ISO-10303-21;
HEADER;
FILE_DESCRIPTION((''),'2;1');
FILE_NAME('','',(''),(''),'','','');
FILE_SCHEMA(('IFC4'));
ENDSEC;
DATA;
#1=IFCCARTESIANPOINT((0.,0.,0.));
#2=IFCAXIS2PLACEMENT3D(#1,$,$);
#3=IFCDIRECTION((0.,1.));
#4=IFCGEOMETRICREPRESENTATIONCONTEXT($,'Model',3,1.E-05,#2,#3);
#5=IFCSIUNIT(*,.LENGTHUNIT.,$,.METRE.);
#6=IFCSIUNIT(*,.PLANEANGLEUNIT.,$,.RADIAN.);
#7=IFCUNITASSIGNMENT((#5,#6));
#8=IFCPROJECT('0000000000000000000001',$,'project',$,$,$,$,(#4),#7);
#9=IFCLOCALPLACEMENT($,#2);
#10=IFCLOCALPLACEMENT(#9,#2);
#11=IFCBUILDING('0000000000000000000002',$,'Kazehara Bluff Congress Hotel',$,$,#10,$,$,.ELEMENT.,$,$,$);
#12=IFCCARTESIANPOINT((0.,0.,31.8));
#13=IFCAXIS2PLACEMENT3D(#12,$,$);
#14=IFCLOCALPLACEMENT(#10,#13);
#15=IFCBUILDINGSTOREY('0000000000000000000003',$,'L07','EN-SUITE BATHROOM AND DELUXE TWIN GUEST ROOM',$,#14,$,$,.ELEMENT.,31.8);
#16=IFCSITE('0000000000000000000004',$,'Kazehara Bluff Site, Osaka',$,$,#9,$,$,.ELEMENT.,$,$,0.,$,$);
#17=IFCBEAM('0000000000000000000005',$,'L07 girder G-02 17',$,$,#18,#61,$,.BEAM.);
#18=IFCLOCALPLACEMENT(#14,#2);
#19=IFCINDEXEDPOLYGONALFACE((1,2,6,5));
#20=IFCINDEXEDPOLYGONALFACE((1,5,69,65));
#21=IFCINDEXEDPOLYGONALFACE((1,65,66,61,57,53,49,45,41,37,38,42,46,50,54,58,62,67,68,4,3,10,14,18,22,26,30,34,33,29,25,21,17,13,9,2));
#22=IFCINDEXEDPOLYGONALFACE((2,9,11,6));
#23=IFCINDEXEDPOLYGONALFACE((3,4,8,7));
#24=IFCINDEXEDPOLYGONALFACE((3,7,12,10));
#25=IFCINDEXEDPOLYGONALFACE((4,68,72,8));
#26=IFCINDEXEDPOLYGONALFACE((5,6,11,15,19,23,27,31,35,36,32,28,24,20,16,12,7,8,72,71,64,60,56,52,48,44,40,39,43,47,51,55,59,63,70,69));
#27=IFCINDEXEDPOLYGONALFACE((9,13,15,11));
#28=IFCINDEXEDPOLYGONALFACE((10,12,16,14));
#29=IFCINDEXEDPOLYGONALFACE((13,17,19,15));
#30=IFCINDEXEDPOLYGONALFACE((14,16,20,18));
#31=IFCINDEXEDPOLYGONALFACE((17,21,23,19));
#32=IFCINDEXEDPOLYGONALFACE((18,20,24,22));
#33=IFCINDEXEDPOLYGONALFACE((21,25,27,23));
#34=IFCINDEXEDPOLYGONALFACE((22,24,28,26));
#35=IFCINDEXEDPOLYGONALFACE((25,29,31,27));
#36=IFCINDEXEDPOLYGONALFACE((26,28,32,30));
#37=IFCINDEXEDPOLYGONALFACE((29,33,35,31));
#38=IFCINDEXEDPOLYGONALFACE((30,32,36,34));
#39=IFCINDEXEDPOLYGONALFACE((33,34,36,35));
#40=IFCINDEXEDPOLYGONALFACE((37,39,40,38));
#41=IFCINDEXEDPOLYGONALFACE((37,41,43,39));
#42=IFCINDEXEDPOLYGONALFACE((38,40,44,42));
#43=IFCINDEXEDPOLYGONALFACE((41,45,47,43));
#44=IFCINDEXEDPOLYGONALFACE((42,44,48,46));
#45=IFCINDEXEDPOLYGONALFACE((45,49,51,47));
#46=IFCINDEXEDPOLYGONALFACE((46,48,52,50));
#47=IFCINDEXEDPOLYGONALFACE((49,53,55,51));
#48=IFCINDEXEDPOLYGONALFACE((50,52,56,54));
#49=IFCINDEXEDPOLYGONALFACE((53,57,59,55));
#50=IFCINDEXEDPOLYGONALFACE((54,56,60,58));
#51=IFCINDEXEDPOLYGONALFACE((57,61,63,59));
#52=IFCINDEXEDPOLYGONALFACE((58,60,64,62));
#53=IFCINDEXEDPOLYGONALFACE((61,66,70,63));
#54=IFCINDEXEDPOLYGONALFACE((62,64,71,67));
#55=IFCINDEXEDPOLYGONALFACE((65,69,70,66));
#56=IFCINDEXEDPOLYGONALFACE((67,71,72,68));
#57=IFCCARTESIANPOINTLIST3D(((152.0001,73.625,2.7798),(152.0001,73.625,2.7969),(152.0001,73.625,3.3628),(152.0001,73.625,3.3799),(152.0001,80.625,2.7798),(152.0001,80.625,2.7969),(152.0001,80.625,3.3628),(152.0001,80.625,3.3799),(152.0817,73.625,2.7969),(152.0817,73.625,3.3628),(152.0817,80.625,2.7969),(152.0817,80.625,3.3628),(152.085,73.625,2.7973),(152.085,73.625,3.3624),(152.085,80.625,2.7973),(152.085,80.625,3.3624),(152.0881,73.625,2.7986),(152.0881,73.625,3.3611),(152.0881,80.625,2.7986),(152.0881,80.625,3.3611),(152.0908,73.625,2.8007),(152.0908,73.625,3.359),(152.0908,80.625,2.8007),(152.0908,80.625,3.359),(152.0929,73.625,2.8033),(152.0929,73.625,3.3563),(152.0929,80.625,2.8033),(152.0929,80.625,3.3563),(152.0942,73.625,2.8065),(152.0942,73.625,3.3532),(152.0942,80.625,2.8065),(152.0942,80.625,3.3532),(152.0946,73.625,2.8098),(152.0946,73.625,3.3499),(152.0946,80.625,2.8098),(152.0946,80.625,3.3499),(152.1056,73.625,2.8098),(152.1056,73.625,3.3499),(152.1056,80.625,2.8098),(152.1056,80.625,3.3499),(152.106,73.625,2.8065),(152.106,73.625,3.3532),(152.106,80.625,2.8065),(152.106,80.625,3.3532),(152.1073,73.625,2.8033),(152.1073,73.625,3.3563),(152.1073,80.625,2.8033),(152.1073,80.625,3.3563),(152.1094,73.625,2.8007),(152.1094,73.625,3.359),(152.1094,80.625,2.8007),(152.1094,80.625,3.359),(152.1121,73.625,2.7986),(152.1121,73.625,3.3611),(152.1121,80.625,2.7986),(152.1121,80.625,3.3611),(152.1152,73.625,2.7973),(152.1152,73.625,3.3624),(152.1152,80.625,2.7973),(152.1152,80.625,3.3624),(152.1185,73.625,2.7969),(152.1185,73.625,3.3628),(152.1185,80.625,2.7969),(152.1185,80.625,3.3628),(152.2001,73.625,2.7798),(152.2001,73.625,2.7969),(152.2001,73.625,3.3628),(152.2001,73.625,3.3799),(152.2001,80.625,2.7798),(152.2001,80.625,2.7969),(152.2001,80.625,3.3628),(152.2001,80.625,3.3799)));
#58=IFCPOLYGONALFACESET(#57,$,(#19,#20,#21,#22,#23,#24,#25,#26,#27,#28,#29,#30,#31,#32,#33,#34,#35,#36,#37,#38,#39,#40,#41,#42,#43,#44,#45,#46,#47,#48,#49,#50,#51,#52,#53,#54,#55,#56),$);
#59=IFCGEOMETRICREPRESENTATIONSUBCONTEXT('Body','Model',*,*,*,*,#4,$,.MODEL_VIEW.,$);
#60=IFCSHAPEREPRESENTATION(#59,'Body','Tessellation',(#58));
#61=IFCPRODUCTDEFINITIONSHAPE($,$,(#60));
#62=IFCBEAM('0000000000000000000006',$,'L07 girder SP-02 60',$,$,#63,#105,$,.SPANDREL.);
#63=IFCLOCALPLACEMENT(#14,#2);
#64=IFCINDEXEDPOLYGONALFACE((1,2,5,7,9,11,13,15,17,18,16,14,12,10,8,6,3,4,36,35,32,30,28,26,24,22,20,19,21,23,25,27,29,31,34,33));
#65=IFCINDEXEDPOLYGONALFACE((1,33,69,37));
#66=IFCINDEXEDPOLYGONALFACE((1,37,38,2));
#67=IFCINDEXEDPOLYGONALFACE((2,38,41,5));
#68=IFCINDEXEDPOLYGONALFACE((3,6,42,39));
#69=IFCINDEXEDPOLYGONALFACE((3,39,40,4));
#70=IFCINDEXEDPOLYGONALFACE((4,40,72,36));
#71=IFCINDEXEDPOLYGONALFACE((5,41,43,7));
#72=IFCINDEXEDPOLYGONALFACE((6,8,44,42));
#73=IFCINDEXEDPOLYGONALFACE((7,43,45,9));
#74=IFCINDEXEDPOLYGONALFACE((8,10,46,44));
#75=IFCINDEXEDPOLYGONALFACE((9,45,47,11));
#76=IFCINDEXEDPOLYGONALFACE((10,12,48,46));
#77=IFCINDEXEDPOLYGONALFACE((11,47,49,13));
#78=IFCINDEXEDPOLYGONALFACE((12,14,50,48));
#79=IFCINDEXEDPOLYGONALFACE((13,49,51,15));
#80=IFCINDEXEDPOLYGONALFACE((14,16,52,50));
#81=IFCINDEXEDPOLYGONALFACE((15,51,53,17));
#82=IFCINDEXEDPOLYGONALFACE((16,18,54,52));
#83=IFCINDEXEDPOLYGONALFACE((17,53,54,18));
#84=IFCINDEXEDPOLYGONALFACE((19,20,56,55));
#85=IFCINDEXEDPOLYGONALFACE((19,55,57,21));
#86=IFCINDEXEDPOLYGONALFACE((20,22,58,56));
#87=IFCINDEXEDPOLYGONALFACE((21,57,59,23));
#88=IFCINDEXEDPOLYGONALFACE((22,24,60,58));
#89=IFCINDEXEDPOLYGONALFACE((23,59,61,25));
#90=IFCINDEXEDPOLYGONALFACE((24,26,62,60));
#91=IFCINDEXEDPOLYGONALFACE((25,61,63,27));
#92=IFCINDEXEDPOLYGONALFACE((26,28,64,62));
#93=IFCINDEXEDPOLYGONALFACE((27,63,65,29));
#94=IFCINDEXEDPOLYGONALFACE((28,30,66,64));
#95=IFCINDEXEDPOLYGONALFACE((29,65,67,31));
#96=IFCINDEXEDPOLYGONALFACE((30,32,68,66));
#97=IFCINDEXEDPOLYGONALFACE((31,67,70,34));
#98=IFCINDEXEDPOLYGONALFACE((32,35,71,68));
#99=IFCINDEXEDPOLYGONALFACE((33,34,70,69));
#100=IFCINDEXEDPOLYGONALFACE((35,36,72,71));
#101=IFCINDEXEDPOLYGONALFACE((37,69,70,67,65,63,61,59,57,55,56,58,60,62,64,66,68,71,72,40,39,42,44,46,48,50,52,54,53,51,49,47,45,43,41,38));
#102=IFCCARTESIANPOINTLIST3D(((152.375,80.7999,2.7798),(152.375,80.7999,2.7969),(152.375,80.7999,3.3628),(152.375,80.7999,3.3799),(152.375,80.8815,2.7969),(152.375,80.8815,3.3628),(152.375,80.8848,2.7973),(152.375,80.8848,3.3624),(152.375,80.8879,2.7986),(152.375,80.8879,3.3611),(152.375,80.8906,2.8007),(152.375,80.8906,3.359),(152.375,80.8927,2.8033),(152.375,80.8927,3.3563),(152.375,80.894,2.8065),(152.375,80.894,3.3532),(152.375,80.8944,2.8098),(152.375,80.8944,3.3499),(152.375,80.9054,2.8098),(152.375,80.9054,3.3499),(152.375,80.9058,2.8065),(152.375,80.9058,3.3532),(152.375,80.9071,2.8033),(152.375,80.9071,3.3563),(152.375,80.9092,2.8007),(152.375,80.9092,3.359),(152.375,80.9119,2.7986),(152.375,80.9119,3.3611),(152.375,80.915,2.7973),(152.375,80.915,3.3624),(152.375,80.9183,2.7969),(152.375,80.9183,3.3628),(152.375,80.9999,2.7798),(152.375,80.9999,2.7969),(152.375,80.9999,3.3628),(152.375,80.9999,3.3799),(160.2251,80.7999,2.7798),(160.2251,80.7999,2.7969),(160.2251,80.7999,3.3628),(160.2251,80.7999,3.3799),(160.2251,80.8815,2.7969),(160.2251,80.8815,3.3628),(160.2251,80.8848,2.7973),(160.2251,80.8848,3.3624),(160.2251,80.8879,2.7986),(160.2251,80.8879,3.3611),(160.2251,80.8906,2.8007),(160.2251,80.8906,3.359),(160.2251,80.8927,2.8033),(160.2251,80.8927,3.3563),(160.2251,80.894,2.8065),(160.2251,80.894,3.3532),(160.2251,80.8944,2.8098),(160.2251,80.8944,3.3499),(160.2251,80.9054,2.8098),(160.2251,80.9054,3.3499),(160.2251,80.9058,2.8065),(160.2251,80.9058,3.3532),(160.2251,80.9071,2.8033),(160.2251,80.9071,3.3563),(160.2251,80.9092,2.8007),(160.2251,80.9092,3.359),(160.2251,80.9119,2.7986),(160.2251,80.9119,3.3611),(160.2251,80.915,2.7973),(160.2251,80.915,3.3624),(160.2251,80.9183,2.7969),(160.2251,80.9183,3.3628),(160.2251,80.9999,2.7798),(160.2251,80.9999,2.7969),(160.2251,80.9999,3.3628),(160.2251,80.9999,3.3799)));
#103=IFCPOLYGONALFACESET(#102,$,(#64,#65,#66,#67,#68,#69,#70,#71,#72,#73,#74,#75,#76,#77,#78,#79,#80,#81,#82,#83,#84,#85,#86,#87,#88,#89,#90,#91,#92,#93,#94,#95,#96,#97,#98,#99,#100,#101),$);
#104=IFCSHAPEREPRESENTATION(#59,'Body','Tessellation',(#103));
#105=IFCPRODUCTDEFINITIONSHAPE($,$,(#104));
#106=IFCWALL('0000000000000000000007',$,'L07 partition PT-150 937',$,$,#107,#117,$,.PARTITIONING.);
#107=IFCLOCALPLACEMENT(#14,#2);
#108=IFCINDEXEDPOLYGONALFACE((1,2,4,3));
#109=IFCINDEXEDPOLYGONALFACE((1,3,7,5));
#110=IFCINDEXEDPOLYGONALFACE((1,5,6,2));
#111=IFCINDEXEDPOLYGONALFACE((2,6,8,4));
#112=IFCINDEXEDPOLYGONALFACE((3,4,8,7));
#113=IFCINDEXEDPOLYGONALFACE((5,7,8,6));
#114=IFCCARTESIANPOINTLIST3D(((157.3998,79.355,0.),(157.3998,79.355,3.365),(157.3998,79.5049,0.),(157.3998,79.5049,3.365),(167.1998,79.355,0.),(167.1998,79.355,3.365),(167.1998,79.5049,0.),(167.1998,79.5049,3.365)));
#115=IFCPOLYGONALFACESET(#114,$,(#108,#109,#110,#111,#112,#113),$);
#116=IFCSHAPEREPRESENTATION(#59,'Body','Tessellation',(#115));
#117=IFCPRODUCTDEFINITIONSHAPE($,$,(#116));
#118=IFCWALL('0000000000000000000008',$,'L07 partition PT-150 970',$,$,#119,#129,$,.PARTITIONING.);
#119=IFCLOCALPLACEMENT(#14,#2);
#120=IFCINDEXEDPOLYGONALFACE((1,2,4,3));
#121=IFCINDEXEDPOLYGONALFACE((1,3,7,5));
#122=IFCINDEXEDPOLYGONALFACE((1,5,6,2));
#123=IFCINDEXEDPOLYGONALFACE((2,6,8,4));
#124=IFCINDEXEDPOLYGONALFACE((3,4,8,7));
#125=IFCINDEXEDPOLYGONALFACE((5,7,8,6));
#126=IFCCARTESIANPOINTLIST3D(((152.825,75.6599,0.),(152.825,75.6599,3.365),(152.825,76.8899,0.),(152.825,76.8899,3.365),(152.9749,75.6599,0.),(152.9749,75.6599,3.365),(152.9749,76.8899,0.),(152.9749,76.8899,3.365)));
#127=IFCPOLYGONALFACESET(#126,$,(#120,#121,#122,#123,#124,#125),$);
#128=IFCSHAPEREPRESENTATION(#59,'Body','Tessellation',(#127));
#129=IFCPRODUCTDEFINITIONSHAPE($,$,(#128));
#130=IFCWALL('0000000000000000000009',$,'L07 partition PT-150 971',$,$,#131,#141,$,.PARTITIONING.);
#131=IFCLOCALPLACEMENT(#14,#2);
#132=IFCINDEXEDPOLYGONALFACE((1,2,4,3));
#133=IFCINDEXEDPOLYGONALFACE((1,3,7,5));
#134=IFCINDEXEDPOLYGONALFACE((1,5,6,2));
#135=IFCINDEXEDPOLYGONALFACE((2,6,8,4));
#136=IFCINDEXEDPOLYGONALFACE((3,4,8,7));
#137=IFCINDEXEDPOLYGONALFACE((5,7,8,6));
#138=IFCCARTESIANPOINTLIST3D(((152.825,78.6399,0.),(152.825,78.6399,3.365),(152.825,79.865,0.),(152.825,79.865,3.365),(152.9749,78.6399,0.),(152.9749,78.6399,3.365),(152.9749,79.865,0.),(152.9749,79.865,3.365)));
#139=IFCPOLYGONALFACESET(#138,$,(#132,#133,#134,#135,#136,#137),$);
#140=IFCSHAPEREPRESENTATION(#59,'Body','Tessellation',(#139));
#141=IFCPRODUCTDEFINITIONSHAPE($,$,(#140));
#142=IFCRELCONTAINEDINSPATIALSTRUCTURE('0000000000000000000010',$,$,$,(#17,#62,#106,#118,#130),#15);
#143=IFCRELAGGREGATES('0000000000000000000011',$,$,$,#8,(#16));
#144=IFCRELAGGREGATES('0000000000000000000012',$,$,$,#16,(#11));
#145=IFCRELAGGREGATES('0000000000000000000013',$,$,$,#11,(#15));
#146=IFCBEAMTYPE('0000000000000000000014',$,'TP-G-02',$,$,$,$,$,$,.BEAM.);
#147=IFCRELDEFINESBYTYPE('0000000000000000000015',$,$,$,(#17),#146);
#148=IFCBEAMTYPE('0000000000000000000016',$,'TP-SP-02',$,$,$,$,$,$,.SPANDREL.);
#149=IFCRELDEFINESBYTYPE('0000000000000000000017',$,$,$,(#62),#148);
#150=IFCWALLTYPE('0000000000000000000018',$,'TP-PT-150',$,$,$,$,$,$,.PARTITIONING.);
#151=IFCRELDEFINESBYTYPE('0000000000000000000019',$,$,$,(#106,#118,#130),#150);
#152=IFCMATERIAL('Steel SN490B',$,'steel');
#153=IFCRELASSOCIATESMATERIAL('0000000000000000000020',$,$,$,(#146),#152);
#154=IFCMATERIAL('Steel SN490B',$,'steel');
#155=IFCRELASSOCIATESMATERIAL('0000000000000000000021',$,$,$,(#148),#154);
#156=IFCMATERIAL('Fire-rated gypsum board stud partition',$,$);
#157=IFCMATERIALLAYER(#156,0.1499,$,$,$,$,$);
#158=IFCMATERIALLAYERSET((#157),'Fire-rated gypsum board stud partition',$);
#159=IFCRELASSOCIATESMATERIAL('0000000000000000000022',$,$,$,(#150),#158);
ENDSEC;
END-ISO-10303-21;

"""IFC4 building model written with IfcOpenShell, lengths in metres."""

from ifc_helpers import new_model, si_unit, direction, frame, frame_2d, origin, origin_2d, place, context, subcontext, project, spatial, rectangle, i_section, extrude, material, layer, layer_set, material_profile, profile_set, type_object, element, save


model = new_model("IFC4")

# Units and contexts
model_context = context("Model", 3, precision=1e-05, world=origin(), true_north=direction((0.0, 1.0)))
body_context = subcontext(model_context, "Body", "Model", "MODEL_VIEW")
ifc_project = project(units=[si_unit("LENGTHUNIT", "METRE"), si_unit("PLANEANGLEUNIT", "RADIAN")], contexts=[model_context])

# Site, building, storey
site_placement = place(None, origin())
site = spatial("IfcSite", under=ifc_project, at=site_placement, Name="Kazehara Bluff Site, Osaka", CompositionType="ELEMENT", RefElevation=0.0)
building_placement = place(site_placement, origin())
building = spatial("IfcBuilding", under=site, at=building_placement, Name="Kazehara Bluff Congress Hotel", CompositionType="ELEMENT")
storey_placement = place(building_placement, frame((0.0, 0.0, 31.8)))
storey = spatial("IfcBuildingStorey", under=building, at=storey_placement, Name="L07", Description="EN-SUITE BATHROOM AND DELUXE TWIN GUEST ROOM", CompositionType="ELEMENT", Elevation=31.8)

# Beams
ifc_material_1 = material(Name="Steel SN490B", Category="steel")
ifc_material_profile_1 = material_profile(ifc_material_1, i_section(OverallWidth=0.2, OverallDepth=0.6001, WebThickness=0.011, FlangeThickness=0.0171, FilletRadius=0.0129, at=origin_2d()))
ifc_profile_set_1 = profile_set([ifc_material_profile_1], Name="Steel SN490B")
beam_type_1 = type_object("IfcBeamType", Name="TP-G-02", PredefinedType="BEAM", material=ifc_profile_set_1)
beam_1_placement = place(storey_placement, frame((152.1001, 73.625, 3.0798), z_axis=(0.0, 1.0, 0.0), x_axis=(-1.0, 0.0, 0.0)))
element("IfcBeam", 1, at=beam_1_placement, inside=storey, type_object=beam_type_1, Name="L07 girder G-02 17", PredefinedType="BEAM", context=body_context, shape_type="SweptSolid", body=[
    extrude(i_section(OverallWidth=0.2, OverallDepth=0.6001, WebThickness=0.011, FlangeThickness=0.0171, FilletRadius=0.0129, at=origin_2d()), origin(), (0.0, 0.0, 1.0), 7.0),
])
ifc_material_2 = material(Name="Steel SN490B", Category="steel")
ifc_material_profile_2 = material_profile(ifc_material_2, i_section(OverallWidth=0.2, OverallDepth=0.6001, WebThickness=0.011, FlangeThickness=0.0171, FilletRadius=0.0129, at=origin_2d()))
ifc_profile_set_2 = profile_set([ifc_material_profile_2], Name="Steel SN490B")
beam_type_2 = type_object("IfcBeamType", Name="TP-SP-02", PredefinedType="SPANDREL", material=ifc_profile_set_2)
beam_2_placement = place(storey_placement, frame((152.375, 80.8999, 3.0798), z_axis=(1.0, 0.0, 0.0), x_axis=(0.0, 1.0, 0.0)))
element("IfcBeam", 2, at=beam_2_placement, inside=storey, type_object=beam_type_2, Name="L07 girder SP-02 60", PredefinedType="SPANDREL", context=body_context, shape_type="SweptSolid", body=[
    extrude(i_section(OverallWidth=0.2, OverallDepth=0.6001, WebThickness=0.011, FlangeThickness=0.0171, FilletRadius=0.0129, at=origin_2d()), origin(), (0.0, 0.0, 1.0), 7.8501),
])

# Shared definitions
ifc_material_3 = material(Name="Fire-rated gypsum board stud partition")
ifc_layer = layer(ifc_material_3, 0.1499)
ifc_layer_set = layer_set([ifc_layer], Name="Fire-rated gypsum board stud partition")
wall_type = type_object("IfcWallType", Name="TP-PT-150", PredefinedType="PARTITIONING", material=ifc_layer_set)

# Walls
wall_1_placement = place(storey_placement, frame((157.3999, 79.4299, 0.0), z_axis=(0.0, 0.0, 1.0), x_axis=(1.0, 0.0, 0.0)))
element("IfcWall", 3, at=wall_1_placement, inside=storey, type_object=wall_type, Name="L07 partition PT-150 937", PredefinedType="PARTITIONING", context=body_context, shape_type="SweptSolid", body=[
    extrude(rectangle(XDim=9.8, YDim=0.1499, at=frame_2d((4.8999, 0.0))), origin(), (0.0, 0.0, 1.0), 3.365),
])
wall_2_placement = place(storey_placement, frame((152.8999, 75.6599, 0.0), z_axis=(0.0, 0.0, 1.0), x_axis=(0.0, 1.0, 0.0)))
element("IfcWall", 4, at=wall_2_placement, inside=storey, type_object=wall_type, Name="L07 partition PT-150 970", PredefinedType="PARTITIONING", context=body_context, shape_type="SweptSolid", body=[
    extrude(rectangle(XDim=1.23, YDim=0.1499, at=frame_2d((0.615, 0.0))), origin(), (0.0, 0.0, 1.0), 3.365),
])
wall_3_placement = place(storey_placement, frame((152.8999, 78.6399, 0.0), z_axis=(0.0, 0.0, 1.0), x_axis=(0.0, 1.0, 0.0)))
element("IfcWall", 5, at=wall_3_placement, inside=storey, type_object=wall_type, Name="L07 partition PT-150 971", PredefinedType="PARTITIONING", context=body_context, shape_type="SweptSolid", body=[
    extrude(rectangle(XDim=1.2251, YDim=0.1499, at=frame_2d((0.6125, 0.0))), origin(), (0.0, 0.0, 1.0), 3.365),
])

save(model, "model.ifc")
